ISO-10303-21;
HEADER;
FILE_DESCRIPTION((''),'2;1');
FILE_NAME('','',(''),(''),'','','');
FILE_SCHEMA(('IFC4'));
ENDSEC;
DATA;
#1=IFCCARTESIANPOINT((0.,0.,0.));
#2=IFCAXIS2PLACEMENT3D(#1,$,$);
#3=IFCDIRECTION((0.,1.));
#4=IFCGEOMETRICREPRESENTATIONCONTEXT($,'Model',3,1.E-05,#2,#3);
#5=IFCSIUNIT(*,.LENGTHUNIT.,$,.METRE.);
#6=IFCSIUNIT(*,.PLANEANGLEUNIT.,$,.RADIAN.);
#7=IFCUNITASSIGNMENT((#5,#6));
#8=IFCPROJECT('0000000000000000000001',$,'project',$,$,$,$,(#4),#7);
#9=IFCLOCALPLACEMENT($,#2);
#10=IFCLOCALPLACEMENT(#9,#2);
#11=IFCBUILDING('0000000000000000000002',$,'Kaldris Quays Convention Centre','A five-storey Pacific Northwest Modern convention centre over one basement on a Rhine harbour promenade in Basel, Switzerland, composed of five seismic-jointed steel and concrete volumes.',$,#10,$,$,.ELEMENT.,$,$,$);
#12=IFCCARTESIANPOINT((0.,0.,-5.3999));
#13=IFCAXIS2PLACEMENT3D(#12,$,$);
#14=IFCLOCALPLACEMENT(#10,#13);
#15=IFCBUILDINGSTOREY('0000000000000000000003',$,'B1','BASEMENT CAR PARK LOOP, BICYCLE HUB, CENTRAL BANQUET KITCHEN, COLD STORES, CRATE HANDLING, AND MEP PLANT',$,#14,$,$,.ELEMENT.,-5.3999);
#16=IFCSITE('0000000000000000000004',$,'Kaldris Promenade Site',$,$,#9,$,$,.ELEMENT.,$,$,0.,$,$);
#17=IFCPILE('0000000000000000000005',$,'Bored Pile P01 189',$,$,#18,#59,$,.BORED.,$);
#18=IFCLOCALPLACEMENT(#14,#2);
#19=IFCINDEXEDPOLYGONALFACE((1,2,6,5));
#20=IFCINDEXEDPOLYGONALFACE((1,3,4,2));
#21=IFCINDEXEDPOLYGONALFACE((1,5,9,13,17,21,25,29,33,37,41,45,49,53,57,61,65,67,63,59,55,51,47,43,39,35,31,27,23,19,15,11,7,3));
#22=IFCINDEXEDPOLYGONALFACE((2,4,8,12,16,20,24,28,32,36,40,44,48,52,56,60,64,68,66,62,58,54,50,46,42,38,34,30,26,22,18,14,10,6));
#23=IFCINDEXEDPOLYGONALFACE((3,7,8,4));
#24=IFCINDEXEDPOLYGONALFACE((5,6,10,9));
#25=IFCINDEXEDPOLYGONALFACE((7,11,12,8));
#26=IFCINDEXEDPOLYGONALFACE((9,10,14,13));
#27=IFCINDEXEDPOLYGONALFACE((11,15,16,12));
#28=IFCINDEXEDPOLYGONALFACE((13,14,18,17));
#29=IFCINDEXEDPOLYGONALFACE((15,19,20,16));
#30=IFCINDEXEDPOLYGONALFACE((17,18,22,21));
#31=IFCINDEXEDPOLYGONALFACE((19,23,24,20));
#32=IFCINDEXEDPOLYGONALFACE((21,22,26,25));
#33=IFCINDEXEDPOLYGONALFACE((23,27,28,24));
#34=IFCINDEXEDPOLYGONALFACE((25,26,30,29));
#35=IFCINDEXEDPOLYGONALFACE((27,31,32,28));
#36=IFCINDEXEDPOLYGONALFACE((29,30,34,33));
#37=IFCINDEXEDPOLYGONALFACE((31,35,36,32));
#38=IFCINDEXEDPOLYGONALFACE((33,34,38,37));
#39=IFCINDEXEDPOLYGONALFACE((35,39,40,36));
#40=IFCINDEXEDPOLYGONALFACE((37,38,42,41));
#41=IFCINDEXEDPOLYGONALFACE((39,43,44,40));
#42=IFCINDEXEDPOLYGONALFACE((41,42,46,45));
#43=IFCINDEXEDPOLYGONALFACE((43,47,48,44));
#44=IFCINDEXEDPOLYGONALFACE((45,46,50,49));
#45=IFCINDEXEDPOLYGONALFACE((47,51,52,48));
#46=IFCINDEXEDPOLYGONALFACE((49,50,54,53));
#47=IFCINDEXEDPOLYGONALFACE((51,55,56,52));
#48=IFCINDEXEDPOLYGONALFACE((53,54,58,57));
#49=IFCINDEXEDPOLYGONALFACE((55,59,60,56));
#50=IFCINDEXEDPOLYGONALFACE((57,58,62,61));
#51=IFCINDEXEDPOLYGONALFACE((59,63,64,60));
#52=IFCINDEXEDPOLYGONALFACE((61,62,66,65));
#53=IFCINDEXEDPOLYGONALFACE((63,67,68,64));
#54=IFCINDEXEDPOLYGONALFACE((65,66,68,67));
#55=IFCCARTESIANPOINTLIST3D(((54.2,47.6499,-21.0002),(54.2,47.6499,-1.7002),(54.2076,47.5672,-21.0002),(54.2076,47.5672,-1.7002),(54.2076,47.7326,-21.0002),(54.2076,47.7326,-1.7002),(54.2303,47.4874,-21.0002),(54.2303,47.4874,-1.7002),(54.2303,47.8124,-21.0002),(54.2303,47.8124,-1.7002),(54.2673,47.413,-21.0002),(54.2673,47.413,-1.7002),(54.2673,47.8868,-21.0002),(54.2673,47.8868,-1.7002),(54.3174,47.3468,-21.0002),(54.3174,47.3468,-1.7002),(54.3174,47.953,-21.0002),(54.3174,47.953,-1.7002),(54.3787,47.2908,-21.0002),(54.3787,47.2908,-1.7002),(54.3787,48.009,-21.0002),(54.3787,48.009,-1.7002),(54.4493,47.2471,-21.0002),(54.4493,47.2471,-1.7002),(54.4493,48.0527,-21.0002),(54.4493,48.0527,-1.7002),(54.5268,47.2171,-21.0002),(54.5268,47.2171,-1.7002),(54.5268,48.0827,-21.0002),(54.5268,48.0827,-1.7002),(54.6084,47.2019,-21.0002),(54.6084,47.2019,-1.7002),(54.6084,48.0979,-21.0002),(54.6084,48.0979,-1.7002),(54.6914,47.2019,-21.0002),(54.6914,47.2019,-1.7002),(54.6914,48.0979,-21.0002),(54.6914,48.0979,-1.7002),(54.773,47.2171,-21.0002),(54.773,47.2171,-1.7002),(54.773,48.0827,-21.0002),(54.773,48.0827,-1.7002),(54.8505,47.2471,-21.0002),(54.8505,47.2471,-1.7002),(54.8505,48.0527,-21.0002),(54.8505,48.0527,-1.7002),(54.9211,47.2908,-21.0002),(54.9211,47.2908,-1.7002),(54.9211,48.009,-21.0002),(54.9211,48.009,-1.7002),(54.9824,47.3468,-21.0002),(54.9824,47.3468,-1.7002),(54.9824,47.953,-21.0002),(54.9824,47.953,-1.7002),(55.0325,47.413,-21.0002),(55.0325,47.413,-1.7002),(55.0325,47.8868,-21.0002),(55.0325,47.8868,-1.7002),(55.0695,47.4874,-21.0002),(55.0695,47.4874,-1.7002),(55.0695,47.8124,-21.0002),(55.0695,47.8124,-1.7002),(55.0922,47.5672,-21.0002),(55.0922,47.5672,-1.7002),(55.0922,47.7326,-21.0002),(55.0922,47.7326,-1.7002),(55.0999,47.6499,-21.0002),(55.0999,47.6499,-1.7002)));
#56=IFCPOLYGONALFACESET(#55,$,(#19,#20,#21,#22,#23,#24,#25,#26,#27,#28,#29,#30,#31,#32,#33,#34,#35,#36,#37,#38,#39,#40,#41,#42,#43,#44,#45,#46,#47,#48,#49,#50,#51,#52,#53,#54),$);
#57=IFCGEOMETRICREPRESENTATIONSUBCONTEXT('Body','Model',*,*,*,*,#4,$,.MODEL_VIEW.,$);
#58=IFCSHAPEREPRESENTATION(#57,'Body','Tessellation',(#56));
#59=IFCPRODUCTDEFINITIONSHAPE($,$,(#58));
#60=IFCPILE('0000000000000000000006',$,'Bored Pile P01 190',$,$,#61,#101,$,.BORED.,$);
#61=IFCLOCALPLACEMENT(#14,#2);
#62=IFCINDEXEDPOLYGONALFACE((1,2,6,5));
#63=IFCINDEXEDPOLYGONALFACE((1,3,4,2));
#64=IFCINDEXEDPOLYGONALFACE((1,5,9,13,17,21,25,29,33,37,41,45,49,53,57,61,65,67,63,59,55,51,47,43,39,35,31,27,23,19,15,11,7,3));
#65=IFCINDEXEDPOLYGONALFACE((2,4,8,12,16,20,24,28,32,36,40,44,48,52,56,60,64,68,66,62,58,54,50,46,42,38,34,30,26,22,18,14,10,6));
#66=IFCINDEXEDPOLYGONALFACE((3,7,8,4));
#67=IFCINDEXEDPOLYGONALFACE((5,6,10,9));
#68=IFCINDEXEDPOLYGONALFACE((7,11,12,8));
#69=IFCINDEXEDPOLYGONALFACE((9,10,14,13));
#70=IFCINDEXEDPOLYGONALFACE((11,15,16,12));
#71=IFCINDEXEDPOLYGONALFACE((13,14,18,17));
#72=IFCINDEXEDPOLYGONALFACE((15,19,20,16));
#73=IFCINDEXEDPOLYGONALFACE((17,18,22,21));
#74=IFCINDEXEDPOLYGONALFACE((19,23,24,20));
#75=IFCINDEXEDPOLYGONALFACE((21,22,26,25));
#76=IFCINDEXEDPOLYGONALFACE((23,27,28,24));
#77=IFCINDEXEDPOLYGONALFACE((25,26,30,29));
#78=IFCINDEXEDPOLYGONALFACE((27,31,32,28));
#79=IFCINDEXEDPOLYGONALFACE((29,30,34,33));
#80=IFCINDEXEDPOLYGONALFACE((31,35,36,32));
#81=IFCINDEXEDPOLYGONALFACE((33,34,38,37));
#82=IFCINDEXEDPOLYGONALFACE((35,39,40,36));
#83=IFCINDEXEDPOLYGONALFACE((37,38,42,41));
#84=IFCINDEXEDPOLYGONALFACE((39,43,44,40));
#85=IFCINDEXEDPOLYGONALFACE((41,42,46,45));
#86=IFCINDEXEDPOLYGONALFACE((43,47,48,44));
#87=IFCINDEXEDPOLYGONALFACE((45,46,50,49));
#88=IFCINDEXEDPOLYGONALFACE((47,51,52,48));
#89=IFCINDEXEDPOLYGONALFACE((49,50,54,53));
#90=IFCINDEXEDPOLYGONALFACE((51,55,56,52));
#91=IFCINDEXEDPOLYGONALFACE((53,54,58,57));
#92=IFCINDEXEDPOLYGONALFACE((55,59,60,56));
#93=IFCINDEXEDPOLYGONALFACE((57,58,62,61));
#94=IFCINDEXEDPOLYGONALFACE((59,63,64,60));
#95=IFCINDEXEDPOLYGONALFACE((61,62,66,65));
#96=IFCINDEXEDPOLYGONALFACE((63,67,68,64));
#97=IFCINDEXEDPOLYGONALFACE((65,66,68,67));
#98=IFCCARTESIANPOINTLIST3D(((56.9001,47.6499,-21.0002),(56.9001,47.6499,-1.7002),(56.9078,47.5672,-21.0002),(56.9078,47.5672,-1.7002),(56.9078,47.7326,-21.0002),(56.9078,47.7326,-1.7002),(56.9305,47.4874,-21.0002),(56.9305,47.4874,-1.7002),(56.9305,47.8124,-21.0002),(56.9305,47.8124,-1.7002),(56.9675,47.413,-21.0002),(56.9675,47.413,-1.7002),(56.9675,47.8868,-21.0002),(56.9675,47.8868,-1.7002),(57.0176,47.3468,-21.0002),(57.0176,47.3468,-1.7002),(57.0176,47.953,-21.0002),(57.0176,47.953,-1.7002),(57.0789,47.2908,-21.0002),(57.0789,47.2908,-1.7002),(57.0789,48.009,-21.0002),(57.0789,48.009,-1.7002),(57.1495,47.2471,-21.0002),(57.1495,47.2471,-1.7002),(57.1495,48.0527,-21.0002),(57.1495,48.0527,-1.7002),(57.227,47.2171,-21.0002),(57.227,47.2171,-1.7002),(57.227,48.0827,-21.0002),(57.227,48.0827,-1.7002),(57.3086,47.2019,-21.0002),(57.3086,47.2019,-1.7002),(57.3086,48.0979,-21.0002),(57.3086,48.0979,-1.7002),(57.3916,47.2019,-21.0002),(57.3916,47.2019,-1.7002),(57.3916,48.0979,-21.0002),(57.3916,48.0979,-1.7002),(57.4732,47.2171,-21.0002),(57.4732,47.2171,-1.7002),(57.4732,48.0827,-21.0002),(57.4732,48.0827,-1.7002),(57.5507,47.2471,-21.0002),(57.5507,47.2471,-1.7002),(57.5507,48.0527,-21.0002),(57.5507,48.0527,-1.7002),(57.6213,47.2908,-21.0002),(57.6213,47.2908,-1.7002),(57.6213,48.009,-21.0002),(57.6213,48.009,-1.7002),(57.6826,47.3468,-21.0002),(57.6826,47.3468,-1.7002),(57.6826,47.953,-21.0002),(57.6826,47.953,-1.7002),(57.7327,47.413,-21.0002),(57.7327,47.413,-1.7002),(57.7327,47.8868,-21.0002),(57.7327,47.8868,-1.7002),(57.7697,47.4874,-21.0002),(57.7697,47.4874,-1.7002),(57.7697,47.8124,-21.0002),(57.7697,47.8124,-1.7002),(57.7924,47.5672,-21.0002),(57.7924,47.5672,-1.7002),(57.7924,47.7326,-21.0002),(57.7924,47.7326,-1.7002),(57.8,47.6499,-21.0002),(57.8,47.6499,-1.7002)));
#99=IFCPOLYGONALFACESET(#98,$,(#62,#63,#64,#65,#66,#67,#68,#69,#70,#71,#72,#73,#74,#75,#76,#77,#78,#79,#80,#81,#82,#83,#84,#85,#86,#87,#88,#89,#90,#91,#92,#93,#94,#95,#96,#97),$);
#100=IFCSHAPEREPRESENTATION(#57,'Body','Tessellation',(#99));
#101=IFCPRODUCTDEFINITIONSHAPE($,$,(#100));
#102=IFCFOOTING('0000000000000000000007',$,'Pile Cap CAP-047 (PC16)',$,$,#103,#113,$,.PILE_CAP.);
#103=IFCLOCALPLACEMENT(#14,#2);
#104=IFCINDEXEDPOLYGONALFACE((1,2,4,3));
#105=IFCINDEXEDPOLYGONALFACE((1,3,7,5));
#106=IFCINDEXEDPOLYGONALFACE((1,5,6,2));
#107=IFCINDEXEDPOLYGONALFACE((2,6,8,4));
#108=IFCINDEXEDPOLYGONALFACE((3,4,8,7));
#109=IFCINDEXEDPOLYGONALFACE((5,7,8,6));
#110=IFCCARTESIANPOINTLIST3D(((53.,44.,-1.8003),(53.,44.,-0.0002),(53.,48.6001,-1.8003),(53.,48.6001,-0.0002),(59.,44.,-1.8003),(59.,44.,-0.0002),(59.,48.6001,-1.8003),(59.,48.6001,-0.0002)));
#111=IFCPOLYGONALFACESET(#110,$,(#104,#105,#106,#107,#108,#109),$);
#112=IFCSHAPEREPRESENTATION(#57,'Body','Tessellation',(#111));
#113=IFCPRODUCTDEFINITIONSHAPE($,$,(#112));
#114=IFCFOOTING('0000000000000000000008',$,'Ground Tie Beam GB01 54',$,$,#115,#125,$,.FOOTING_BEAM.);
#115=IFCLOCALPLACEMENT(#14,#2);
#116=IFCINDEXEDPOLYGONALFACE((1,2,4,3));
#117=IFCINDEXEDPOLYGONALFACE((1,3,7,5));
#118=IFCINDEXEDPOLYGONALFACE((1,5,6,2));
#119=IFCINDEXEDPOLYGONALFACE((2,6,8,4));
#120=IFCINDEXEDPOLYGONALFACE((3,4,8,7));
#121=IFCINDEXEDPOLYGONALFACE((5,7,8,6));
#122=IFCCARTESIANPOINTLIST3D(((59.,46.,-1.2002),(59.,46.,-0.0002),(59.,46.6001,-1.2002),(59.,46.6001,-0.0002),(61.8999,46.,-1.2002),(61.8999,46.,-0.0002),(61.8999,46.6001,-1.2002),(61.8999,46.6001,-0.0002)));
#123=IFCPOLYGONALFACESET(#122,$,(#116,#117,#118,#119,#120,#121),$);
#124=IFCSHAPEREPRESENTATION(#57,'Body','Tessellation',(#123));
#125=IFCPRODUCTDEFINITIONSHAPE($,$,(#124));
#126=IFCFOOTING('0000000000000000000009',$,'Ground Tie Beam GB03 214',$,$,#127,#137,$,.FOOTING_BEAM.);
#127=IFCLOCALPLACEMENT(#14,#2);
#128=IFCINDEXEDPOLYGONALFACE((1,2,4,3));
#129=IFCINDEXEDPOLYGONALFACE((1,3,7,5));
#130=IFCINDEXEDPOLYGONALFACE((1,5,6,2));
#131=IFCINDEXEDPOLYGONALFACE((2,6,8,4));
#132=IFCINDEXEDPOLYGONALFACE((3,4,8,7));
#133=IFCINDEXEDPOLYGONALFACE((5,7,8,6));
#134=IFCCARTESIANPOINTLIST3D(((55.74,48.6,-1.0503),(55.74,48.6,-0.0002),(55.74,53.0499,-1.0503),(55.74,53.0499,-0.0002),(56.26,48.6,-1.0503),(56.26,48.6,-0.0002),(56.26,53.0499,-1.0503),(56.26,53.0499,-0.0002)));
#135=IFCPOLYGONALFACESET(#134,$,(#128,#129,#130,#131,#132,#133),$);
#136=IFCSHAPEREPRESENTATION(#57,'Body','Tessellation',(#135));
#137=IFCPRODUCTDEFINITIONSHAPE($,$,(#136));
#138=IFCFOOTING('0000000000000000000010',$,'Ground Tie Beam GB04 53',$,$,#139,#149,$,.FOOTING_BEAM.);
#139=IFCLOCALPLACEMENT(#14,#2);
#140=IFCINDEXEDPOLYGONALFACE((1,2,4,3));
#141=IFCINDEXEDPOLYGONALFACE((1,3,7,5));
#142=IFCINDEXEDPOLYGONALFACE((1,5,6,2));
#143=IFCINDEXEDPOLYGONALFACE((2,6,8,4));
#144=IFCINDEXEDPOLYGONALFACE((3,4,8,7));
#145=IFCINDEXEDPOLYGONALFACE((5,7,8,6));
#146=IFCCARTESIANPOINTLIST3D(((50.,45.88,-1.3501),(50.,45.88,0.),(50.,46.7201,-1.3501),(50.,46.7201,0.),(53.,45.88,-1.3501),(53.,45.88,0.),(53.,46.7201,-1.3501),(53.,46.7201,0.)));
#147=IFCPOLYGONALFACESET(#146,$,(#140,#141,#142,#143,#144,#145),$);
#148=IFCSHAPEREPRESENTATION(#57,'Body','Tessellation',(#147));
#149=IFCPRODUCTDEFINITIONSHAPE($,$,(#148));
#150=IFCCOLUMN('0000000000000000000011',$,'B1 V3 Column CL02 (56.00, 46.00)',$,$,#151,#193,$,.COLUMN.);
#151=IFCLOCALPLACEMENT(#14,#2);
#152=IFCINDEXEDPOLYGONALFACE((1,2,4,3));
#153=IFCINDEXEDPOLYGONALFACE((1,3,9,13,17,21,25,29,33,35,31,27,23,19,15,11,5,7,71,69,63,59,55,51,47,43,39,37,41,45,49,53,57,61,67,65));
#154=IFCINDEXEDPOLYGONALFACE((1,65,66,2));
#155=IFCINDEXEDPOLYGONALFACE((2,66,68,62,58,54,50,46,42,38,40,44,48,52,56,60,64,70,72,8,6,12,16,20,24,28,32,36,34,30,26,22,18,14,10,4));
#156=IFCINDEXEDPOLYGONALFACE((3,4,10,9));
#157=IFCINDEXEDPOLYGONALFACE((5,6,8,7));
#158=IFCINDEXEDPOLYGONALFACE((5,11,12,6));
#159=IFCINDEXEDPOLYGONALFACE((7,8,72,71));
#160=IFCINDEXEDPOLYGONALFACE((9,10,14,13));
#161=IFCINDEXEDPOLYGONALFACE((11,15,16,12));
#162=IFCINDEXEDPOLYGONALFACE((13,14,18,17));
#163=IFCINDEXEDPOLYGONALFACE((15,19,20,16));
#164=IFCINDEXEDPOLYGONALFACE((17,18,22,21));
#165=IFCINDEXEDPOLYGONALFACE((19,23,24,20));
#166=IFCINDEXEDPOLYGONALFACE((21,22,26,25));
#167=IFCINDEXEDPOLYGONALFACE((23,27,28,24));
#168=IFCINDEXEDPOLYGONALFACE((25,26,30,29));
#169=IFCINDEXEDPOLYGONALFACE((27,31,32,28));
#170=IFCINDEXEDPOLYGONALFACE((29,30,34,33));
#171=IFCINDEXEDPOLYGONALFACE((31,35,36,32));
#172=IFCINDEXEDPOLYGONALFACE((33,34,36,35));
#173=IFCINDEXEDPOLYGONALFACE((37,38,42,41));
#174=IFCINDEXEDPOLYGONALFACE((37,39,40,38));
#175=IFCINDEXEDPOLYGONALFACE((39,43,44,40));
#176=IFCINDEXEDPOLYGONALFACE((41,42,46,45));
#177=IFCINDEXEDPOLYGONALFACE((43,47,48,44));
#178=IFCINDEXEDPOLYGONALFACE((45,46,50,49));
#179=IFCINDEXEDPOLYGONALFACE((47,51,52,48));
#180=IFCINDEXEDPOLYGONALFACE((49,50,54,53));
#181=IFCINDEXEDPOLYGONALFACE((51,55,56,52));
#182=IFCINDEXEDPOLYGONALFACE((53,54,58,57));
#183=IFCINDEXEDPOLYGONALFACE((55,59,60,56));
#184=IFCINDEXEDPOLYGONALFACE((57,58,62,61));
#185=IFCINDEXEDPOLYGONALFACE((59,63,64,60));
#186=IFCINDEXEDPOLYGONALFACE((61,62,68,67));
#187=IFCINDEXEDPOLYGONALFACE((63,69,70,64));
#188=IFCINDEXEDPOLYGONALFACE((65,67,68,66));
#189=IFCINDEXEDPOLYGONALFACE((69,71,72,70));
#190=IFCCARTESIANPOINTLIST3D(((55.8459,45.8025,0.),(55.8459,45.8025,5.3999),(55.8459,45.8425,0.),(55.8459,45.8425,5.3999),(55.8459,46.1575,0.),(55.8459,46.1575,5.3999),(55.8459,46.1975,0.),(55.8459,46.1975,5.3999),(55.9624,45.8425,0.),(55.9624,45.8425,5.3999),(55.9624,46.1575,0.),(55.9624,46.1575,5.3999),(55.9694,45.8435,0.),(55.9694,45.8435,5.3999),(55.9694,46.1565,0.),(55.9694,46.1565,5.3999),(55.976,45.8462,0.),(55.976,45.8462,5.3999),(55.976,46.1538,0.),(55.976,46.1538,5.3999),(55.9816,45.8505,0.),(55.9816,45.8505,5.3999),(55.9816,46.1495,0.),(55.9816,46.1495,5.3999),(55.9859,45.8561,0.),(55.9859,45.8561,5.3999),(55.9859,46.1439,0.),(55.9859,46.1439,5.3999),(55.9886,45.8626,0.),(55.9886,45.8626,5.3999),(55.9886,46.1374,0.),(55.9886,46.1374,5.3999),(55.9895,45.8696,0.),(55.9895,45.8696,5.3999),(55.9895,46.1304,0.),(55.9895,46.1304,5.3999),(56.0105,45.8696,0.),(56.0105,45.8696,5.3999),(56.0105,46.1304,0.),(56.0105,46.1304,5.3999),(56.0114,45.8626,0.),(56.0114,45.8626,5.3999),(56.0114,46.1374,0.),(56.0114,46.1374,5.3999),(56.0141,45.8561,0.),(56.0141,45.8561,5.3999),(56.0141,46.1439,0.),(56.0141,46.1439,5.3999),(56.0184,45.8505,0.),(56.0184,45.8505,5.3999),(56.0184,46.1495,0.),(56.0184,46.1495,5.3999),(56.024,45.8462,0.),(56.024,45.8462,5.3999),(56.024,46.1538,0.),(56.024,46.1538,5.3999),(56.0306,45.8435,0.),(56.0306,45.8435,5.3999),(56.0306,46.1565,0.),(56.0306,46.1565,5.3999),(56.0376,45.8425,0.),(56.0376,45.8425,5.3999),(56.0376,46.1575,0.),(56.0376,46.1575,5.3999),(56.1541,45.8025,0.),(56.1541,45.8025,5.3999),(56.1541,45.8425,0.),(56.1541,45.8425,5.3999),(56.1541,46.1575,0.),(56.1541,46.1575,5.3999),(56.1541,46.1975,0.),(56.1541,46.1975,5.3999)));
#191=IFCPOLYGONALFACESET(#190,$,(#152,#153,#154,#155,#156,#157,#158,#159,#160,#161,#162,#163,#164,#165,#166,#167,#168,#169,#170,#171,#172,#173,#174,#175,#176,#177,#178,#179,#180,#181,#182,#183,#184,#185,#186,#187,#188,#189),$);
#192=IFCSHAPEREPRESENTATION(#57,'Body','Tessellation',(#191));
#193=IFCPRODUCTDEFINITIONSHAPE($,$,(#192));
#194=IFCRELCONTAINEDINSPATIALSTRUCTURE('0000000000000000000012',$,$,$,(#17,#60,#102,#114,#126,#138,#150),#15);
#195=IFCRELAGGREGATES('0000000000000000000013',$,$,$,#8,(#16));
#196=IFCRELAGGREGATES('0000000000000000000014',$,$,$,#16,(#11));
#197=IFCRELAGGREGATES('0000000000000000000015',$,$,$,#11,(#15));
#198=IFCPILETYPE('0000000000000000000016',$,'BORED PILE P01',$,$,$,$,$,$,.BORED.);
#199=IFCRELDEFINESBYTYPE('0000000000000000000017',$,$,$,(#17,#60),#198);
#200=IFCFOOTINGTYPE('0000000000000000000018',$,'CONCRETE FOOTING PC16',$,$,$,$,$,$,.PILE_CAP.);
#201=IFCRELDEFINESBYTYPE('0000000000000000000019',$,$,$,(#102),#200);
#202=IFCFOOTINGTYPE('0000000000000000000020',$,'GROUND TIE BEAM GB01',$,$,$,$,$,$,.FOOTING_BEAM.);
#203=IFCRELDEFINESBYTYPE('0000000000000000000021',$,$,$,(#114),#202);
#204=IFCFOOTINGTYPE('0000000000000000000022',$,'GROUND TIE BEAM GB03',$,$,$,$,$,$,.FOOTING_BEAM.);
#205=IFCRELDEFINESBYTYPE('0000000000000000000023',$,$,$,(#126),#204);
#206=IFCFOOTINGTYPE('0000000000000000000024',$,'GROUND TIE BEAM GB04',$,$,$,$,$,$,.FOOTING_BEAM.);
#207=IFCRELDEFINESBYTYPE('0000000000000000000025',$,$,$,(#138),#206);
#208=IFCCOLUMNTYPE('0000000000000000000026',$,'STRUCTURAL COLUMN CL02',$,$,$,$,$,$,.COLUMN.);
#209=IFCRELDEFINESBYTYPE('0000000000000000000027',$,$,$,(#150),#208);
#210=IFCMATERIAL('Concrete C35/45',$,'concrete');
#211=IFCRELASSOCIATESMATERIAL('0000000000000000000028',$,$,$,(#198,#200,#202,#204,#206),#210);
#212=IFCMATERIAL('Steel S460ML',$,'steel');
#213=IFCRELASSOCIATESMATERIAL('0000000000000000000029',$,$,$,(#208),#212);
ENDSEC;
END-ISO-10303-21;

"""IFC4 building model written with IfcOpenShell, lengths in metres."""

from ifc_helpers import new_model, si_unit, direction, frame, origin, origin_2d, place, context, subcontext, project, spatial, rectangle, circle, i_section, extrude, material, material_profile, profile_set, type_object, element, save


model = new_model("IFC4")

# Units and contexts
model_context = context("Model", 3, precision=1e-05, world=origin(), true_north=direction((0.0, 1.0)))
body_context = subcontext(model_context, "Body", "Model", "MODEL_VIEW")
ifc_project = project(units=[si_unit("LENGTHUNIT", "METRE"), si_unit("PLANEANGLEUNIT", "RADIAN")], contexts=[model_context])

# Site, building, storey
site_placement = place(None, origin())
site = spatial("IfcSite", under=ifc_project, at=site_placement, Name="Kaldris Promenade Site", CompositionType="ELEMENT", RefElevation=0.0)
building_placement = place(site_placement, origin())
building = spatial("IfcBuilding", under=site, at=building_placement, Name="Kaldris Quays Convention Centre", Description="A five-storey Pacific Northwest Modern convention centre over one basement on a Rhine harbour promenade in Basel, Switzerland, composed of five seismic-jointed steel and concrete volumes.", CompositionType="ELEMENT")
storey_placement = place(building_placement, frame((0.0, 0.0, -5.3999)))
storey = spatial("IfcBuildingStorey", under=building, at=storey_placement, Name="B1", Description="BASEMENT CAR PARK LOOP, BICYCLE HUB, CENTRAL BANQUET KITCHEN, COLD STORES, CRATE HANDLING, AND MEP PLANT", CompositionType="ELEMENT", Elevation=-5.3999)

# Piles
ifc_material_1 = material(Name="Concrete C35/45", Category="concrete")
ifc_material_profile_1 = material_profile(ifc_material_1, circle(Radius=0.45, at=origin_2d()), Name="BORED PILE D900")
ifc_profile_set_1 = profile_set([ifc_material_profile_1], Name="Concrete C35/45")
pile_type = type_object("IfcPileType", Name="BORED PILE P01", PredefinedType="BORED", material=ifc_profile_set_1)
for number, where, z_axis, x_axis, name in (
    (1, (54.6499, 47.6499, -1.7002), (0.0, 0.0, -1.0), (1.0, 0.0, 0.0), "Bored Pile P01 189"),
    (2, (57.3501, 47.6499, -1.7002), (0.0, 0.0, -1.0), (1.0, 0.0, 0.0), "Bored Pile P01 190"),
):
    element("IfcPile", number, at=place(storey_placement, frame(where, z_axis=z_axis, x_axis=x_axis)), inside=storey, type_object=pile_type, Name=name, PredefinedType="BORED", context=body_context, shape_type="SweptSolid", body=[
        extrude(circle(Radius=0.45, at=origin_2d()), origin(), (0.0, 0.0, 1.0), 19.3),
    ])

# Footings
footing_type_1 = type_object("IfcFootingType", Name="CONCRETE FOOTING PC16", PredefinedType="PILE_CAP", material=ifc_material_1)
footing_1_placement = place(storey_placement, frame((56.0, 46.3, -1.8003), z_axis=(0.0, 0.0, 1.0), x_axis=(1.0, 0.0, 0.0)))
element("IfcFooting", 3, at=footing_1_placement, inside=storey, type_object=footing_type_1, Name="Pile Cap CAP-047 (PC16)", PredefinedType="PILE_CAP", context=body_context, shape_type="SweptSolid", body=[
    extrude(rectangle(XDim=6.0, YDim=4.6001, at=origin_2d()), origin(), (0.0, 0.0, 1.0), 1.8),
])
footing_type_2 = type_object("IfcFootingType", Name="GROUND TIE BEAM GB01", PredefinedType="FOOTING_BEAM", material=ifc_material_1)
footing_2_placement = place(storey_placement, frame((60.45, 46.3, -1.2002), z_axis=(0.0, 0.0, 1.0), x_axis=(1.0, 0.0, 0.0)))
element("IfcFooting", 4, at=footing_2_placement, inside=storey, type_object=footing_type_2, Name="Ground Tie Beam GB01 54", PredefinedType="FOOTING_BEAM", context=body_context, shape_type="SweptSolid", body=[
    extrude(rectangle(XDim=2.8999, YDim=0.6001, at=origin_2d()), origin(), (0.0, 0.0, 1.0), 1.2),
])
footing_type_3 = type_object("IfcFootingType", Name="GROUND TIE BEAM GB03", PredefinedType="FOOTING_BEAM", material=ifc_material_1)
footing_3_placement = place(storey_placement, frame((56.0, 50.825, -1.0503), z_axis=(0.0, 0.0, 1.0), x_axis=(1.0, 0.0, 0.0)))
element("IfcFooting", 5, at=footing_3_placement, inside=storey, type_object=footing_type_3, Name="Ground Tie Beam GB03 214", PredefinedType="FOOTING_BEAM", context=body_context, shape_type="SweptSolid", body=[
    extrude(rectangle(XDim=0.52, YDim=4.45, at=origin_2d()), origin(), (0.0, 0.0, 1.0), 1.05),
])
footing_type_4 = type_object("IfcFootingType", Name="GROUND TIE BEAM GB04", PredefinedType="FOOTING_BEAM", material=ifc_material_1)
footing_4_placement = place(storey_placement, frame((51.5, 46.3, -1.3501), z_axis=(0.0, 0.0, 1.0), x_axis=(1.0, 0.0, 0.0)))
element("IfcFooting", 6, at=footing_4_placement, inside=storey, type_object=footing_type_4, Name="Ground Tie Beam GB04 53", PredefinedType="FOOTING_BEAM", context=body_context, shape_type="SweptSolid", body=[
    extrude(rectangle(XDim=3.0, YDim=0.8401, at=origin_2d()), origin(), (0.0, 0.0, 1.0), 1.3501),
])

# Column
ifc_material_2 = material(Name="Steel S460ML", Category="steel")
ifc_material_profile_2 = material_profile(ifc_material_2, i_section(OverallWidth=0.3081, OverallDepth=0.395, WebThickness=0.021, FlangeThickness=0.04, FilletRadius=0.0271, at=origin_2d()), Name="HEM 360")
ifc_profile_set_2 = profile_set([ifc_material_profile_2], Name="Steel S460ML")
column_type_1 = type_object("IfcColumnType", Name="STRUCTURAL COLUMN CL02", PredefinedType="COLUMN", material=ifc_profile_set_2)
column_1_placement = place(storey_placement, frame((56.0, 46.0, 0.0), z_axis=(0.0, 0.0, 1.0), x_axis=(1.0, 0.0, 0.0)))
element("IfcColumn", 7, at=column_1_placement, inside=storey, type_object=column_type_1, Name="B1 V3 Column CL02 (56.00, 46.00)", PredefinedType="COLUMN", context=body_context, shape_type="SweptSolid", body=[
    extrude(i_section(OverallWidth=0.3081, OverallDepth=0.395, WebThickness=0.021, FlangeThickness=0.04, FilletRadius=0.0271, at=origin_2d()), origin(), (0.0, 0.0, 1.0), 5.3999),
])

save(model, "model.ifc")
